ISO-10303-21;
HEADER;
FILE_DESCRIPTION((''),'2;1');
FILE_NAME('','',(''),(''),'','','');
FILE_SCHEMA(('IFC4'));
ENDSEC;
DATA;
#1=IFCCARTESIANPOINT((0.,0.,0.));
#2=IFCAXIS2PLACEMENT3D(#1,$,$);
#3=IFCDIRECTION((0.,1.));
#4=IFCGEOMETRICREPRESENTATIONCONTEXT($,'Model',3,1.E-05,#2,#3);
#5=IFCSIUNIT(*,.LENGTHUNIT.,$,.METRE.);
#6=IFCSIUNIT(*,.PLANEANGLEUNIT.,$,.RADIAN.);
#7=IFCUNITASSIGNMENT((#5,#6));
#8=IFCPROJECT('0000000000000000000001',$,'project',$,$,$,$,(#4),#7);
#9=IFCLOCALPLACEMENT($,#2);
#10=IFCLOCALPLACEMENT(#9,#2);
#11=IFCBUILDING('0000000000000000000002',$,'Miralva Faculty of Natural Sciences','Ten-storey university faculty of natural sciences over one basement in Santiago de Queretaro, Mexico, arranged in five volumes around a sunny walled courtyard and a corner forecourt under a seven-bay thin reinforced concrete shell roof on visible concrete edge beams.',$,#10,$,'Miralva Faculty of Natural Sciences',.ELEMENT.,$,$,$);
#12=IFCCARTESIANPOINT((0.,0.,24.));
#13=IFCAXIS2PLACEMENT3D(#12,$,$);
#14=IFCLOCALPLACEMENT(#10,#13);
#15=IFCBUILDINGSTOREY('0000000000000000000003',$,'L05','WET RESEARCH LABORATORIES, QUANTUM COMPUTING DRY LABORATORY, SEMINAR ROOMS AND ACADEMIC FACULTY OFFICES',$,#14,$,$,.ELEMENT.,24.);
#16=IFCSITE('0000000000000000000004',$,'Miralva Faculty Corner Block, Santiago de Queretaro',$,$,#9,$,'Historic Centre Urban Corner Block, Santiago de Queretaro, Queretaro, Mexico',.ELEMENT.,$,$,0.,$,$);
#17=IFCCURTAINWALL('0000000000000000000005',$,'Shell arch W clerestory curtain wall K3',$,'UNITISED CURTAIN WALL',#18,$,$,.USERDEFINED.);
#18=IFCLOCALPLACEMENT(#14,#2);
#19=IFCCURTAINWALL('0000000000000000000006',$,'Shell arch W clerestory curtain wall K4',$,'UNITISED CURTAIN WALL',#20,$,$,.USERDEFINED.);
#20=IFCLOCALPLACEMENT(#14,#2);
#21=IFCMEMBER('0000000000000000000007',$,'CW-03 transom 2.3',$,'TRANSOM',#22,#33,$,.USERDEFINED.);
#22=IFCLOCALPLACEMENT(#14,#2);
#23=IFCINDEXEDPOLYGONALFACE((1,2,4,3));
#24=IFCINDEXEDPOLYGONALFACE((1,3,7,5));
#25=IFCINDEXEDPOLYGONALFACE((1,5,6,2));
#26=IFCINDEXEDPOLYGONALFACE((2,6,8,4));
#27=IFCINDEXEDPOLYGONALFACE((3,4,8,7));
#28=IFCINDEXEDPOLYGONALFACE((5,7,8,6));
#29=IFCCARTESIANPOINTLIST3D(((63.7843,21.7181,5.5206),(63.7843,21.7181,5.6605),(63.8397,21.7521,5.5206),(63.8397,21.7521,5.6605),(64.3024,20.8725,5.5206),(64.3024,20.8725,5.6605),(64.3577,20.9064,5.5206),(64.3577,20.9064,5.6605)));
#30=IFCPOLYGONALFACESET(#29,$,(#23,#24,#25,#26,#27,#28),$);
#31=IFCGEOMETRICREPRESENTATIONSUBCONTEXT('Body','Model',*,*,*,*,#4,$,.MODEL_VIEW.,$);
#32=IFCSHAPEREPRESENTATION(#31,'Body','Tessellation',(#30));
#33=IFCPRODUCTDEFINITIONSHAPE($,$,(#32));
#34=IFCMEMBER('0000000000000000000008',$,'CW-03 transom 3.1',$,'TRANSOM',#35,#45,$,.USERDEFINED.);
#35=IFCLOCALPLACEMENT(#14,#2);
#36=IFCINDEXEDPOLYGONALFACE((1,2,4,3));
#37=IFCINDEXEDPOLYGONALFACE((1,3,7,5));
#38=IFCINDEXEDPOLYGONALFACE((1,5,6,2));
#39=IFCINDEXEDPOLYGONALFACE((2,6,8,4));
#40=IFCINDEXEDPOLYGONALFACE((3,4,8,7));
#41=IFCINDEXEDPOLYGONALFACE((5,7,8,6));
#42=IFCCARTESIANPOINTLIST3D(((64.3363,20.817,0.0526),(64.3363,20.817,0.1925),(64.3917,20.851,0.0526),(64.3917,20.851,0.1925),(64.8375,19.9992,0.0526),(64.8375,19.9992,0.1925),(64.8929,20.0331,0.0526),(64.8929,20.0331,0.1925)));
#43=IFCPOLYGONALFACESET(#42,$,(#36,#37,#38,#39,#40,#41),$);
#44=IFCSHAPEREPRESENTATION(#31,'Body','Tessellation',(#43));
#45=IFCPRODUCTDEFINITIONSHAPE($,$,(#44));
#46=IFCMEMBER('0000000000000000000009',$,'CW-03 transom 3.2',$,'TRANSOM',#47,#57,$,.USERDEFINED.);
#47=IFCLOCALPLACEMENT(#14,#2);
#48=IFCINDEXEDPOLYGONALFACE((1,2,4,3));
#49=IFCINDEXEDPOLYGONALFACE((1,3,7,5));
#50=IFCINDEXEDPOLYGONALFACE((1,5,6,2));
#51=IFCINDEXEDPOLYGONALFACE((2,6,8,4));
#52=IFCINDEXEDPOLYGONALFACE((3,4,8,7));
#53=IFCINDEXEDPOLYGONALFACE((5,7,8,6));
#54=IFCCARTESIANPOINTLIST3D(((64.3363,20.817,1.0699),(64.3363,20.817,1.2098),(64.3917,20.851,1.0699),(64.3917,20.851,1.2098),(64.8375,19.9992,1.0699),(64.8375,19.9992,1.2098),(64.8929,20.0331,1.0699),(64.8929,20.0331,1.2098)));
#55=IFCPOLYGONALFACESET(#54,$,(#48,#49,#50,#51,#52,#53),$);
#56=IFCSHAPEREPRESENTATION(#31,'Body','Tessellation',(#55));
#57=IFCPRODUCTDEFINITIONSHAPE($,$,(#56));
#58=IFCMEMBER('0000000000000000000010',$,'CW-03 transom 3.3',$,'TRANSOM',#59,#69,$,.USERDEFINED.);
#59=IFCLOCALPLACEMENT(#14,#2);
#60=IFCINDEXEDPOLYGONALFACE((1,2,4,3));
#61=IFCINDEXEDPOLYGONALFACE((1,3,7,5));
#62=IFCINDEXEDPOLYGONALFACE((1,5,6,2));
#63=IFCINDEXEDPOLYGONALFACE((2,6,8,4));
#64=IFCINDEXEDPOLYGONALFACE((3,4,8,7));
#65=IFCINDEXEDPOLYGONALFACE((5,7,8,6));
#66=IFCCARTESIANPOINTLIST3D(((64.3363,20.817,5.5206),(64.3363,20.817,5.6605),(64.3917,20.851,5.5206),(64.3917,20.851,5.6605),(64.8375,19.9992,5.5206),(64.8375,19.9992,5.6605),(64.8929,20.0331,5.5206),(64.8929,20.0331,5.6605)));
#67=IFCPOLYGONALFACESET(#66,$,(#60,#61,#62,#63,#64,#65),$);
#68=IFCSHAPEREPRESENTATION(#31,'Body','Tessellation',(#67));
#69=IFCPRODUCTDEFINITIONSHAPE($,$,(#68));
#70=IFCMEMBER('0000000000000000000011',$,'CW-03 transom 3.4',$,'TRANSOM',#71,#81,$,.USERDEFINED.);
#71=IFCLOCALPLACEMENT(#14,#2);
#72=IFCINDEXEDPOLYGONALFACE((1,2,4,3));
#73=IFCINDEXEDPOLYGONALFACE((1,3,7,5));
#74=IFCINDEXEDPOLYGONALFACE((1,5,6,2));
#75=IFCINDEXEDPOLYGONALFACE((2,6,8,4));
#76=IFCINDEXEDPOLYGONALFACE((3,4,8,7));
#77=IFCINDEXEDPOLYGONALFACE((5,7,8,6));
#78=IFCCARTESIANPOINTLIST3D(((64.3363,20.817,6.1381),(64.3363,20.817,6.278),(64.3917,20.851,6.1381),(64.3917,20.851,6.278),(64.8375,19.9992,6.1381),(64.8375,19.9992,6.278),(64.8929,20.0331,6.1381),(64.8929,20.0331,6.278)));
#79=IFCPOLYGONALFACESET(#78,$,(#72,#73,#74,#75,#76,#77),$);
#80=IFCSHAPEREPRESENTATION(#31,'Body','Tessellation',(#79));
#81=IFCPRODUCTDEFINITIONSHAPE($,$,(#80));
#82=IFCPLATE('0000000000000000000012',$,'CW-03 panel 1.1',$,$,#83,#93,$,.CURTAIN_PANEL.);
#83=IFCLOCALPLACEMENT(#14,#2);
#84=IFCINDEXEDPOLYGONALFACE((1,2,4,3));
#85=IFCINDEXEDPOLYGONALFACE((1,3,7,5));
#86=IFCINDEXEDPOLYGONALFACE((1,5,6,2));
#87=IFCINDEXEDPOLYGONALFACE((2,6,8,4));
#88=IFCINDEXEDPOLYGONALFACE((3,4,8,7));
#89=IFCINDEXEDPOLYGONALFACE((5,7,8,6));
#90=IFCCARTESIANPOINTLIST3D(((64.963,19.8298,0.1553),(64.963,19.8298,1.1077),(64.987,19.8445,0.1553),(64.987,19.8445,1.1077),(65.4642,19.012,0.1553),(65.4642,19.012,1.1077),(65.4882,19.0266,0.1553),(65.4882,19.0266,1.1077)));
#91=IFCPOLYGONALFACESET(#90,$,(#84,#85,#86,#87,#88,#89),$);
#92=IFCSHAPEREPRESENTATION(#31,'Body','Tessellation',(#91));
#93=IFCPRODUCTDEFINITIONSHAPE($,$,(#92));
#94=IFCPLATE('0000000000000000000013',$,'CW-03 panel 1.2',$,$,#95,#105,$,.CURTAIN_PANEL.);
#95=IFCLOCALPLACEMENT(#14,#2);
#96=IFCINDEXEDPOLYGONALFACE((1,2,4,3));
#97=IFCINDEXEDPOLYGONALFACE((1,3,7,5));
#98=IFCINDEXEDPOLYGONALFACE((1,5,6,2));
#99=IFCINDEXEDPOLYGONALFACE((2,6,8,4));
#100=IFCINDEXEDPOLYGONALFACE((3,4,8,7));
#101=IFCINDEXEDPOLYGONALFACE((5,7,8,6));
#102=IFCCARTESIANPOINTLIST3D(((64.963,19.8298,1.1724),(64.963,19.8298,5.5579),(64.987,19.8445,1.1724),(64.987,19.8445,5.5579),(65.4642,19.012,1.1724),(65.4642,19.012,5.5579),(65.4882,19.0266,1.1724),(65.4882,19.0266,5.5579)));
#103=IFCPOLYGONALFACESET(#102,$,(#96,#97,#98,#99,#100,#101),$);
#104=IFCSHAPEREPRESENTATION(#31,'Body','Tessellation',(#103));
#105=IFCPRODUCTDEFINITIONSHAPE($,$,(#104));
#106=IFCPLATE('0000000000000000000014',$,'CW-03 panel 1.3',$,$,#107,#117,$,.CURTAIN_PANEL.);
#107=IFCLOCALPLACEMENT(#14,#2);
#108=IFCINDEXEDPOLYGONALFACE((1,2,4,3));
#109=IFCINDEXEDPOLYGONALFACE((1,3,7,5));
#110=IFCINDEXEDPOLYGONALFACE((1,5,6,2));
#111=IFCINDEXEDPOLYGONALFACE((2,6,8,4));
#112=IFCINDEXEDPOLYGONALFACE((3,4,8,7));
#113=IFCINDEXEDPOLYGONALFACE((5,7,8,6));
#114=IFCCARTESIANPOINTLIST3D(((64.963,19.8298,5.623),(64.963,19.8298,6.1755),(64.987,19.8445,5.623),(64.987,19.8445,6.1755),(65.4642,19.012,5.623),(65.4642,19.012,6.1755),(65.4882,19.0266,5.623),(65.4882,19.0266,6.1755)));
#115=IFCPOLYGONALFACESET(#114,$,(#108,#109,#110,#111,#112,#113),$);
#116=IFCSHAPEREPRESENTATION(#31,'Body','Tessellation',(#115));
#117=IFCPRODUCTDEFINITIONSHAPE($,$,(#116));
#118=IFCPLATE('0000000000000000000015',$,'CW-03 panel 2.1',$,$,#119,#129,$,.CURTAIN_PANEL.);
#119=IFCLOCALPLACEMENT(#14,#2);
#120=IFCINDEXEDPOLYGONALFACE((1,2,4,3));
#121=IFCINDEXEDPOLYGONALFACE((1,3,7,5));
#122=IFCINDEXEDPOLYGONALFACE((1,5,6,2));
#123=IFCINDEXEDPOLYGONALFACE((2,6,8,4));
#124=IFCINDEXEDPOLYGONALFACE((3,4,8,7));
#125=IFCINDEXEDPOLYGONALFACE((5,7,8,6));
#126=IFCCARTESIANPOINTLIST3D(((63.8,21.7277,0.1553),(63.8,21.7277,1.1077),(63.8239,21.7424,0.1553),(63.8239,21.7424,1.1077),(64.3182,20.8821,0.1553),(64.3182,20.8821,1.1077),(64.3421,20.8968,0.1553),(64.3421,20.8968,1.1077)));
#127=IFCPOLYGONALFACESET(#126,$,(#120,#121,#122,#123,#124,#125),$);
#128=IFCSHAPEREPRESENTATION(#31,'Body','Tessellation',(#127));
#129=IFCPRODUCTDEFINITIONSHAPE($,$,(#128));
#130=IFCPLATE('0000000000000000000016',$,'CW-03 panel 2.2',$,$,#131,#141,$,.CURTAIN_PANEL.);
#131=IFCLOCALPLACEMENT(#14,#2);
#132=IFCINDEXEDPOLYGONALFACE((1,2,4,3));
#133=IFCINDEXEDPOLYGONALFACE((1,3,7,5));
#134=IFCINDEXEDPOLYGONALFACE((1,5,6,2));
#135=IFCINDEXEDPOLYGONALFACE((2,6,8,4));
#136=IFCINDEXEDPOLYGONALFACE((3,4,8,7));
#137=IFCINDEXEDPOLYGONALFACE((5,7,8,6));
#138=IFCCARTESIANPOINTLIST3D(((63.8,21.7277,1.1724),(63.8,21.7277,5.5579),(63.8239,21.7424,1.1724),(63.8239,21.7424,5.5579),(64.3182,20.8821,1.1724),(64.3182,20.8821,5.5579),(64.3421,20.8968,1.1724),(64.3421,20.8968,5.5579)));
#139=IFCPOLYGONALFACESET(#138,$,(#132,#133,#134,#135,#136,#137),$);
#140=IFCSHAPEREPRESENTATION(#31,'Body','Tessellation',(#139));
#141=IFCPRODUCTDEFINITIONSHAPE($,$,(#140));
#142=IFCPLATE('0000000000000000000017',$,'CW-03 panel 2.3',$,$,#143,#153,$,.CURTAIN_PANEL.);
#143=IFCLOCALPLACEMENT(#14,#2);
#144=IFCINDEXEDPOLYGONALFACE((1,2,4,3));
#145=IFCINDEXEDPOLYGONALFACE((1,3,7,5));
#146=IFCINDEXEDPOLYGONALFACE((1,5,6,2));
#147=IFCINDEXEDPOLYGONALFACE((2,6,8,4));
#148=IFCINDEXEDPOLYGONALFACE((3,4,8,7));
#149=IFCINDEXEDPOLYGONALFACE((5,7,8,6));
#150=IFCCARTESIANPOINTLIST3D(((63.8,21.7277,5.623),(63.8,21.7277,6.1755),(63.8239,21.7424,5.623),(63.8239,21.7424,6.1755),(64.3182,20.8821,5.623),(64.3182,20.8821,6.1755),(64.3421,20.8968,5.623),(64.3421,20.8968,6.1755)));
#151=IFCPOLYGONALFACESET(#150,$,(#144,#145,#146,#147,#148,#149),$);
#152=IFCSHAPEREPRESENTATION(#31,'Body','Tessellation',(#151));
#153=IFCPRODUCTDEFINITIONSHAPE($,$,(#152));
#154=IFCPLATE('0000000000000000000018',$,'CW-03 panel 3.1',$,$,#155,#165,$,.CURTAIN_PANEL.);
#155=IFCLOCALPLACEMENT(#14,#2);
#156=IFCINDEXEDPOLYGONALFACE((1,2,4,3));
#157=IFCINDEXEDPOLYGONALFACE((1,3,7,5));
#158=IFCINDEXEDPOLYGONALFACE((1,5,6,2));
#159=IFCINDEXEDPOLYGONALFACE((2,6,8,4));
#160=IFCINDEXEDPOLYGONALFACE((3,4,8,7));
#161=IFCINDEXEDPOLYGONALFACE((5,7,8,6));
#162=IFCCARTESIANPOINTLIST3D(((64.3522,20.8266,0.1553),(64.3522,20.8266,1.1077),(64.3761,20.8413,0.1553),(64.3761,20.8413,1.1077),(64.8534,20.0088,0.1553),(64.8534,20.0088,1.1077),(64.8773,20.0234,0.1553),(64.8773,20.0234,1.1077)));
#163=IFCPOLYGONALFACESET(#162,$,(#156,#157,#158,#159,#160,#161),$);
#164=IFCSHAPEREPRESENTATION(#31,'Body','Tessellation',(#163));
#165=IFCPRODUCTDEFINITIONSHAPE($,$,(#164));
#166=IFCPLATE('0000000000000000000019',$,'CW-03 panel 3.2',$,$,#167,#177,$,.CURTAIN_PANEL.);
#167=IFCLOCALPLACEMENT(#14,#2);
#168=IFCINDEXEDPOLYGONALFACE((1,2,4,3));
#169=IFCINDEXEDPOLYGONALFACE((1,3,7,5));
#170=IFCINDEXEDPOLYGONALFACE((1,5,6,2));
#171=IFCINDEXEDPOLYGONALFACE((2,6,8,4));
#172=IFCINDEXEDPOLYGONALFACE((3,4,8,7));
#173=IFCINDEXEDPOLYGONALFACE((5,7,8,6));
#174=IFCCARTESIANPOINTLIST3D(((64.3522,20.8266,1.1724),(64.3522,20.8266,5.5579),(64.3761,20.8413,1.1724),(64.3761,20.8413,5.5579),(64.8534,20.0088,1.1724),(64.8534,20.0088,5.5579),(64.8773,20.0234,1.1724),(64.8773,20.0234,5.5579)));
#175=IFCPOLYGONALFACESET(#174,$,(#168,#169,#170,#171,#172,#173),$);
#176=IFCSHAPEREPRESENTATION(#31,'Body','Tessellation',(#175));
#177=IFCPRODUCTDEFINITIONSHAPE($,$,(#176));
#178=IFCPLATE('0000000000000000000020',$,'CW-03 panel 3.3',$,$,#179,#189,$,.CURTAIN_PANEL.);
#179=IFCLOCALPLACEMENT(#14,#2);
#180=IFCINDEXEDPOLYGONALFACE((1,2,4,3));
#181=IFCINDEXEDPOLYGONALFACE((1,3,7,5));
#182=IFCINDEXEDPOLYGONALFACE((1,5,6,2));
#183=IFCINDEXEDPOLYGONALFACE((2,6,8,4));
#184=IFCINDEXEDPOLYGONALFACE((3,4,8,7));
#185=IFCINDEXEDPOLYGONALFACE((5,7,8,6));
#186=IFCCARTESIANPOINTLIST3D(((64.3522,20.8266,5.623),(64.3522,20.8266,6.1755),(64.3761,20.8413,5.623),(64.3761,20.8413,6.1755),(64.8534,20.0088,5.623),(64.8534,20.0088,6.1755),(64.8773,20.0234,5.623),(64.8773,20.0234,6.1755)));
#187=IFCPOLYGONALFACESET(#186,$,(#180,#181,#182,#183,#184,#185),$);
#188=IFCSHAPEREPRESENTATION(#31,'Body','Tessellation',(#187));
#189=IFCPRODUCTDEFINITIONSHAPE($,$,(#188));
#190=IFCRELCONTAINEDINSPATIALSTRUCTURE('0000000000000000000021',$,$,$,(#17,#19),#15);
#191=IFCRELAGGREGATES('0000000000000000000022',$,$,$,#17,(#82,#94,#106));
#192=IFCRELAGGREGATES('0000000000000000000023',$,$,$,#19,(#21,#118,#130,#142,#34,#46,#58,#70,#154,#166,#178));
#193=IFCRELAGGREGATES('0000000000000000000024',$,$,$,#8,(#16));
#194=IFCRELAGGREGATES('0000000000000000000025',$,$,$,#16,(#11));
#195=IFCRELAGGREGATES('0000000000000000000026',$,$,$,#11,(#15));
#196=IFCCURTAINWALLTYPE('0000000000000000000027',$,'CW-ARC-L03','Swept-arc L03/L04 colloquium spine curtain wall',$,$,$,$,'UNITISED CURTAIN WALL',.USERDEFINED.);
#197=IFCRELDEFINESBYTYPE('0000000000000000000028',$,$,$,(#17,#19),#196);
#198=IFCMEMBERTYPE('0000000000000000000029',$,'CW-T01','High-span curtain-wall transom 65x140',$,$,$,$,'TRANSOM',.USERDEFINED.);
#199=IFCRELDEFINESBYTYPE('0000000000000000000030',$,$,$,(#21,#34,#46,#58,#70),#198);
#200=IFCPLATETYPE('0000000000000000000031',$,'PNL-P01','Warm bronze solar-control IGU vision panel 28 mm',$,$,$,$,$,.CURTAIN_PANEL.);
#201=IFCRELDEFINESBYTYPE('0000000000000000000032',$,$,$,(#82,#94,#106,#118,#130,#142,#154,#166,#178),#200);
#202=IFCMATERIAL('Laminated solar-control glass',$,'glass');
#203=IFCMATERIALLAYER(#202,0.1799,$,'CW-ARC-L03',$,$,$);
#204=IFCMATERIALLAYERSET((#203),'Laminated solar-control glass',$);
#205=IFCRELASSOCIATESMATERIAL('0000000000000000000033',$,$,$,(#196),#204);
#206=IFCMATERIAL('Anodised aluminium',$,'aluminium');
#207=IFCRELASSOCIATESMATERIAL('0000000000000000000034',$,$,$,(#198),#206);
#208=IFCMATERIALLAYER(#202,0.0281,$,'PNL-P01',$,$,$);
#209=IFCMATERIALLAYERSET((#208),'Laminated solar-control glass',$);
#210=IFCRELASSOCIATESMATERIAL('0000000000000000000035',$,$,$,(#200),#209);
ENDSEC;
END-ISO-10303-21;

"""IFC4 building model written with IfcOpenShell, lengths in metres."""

from ifc_helpers import new_model, si_unit, direction, frame, origin, origin_2d, place, context, subcontext, project, spatial, rectangle, extrude, material, layer, layer_set, material_profile, profile_set, type_object, element, aggregate, save


model = new_model("IFC4")

# Units and contexts
model_context = context("Model", 3, precision=1e-05, world=origin(), true_north=direction((0.0, 1.0)))
body_context = subcontext(model_context, "Body", "Model", "MODEL_VIEW")
ifc_project = project(units=[si_unit("LENGTHUNIT", "METRE"), si_unit("PLANEANGLEUNIT", "RADIAN")], contexts=[model_context])

# Site, building, storey
site_placement = place(None, origin())
site = spatial("IfcSite", under=ifc_project, at=site_placement, Name="Miralva Faculty Corner Block, Santiago de Queretaro", LongName="Historic Centre Urban Corner Block, Santiago de Queretaro, Queretaro, Mexico", CompositionType="ELEMENT", RefElevation=0.0)
building_placement = place(site_placement, origin())
building = spatial("IfcBuilding", under=site, at=building_placement, Name="Miralva Faculty of Natural Sciences", Description="Ten-storey university faculty of natural sciences over one basement in Santiago de Queretaro, Mexico, arranged in five volumes around a sunny walled courtyard and a corner forecourt under a seven-bay thin reinforced concrete shell roof on visible concrete edge beams.", LongName="Miralva Faculty of Natural Sciences", CompositionType="ELEMENT")
storey_placement = place(building_placement, frame((0.0, 0.0, 24.0)))
storey = spatial("IfcBuildingStorey", under=building, at=storey_placement, Name="L05", Description="WET RESEARCH LABORATORIES, QUANTUM COMPUTING DRY LABORATORY, SEMINAR ROOMS AND ACADEMIC FACULTY OFFICES", CompositionType="ELEMENT", Elevation=24.0)

# Curtain walls
ifc_material_1 = material(Name="Laminated solar-control glass", Category="glass")
ifc_layer_1 = layer(ifc_material_1, 0.1799, Name="CW-ARC-L03")
ifc_layer_set_1 = layer_set([ifc_layer_1], Name="Laminated solar-control glass")
curtain_wall_type = type_object("IfcCurtainWallType", Name="CW-ARC-L03", Description="Swept-arc L03/L04 colloquium spine curtain wall", ElementType="UNITISED CURTAIN WALL", PredefinedType="USERDEFINED", material=ifc_layer_set_1)
curtain_wall_1_placement = place(storey_placement, origin())
curtain_wall_1 = element("IfcCurtainWall", 1, at=curtain_wall_1_placement, inside=storey, type_object=curtain_wall_type, Name="Shell arch W clerestory curtain wall K3", ObjectType="UNITISED CURTAIN WALL", PredefinedType="USERDEFINED")
ifc_material_2 = material(Name="Anodised aluminium", Category="aluminium")
curtain_wall_2_placement = place(storey_placement, origin())
curtain_wall_2 = element("IfcCurtainWall", 2, at=curtain_wall_2_placement, inside=storey, type_object=curtain_wall_type, Name="Shell arch W clerestory curtain wall K4", ObjectType="UNITISED CURTAIN WALL", PredefinedType="USERDEFINED")

# Members
ifc_material_profile_1 = material_profile(ifc_material_2, rectangle(XDim=0.0649, YDim=0.1399, at=origin_2d()), Name="TRANSOM 65x140")
ifc_profile_set_1 = profile_set([ifc_material_profile_1], Name="Anodised aluminium")
member_type_1 = type_object("IfcMemberType", Name="CW-T01", Description="High-span curtain-wall transom 65x140", ElementType="TRANSOM", PredefinedType="USERDEFINED", material=ifc_profile_set_1)
member_1_placement = place(storey_placement, frame((63.812, 21.7351, 5.5906), z_axis=(0.522366, -0.852722, 0.0), x_axis=(0.852722, 0.522366, 0.0)))
member_1 = element("IfcMember", 3, at=member_1_placement, type_object=member_type_1, Name="CW-03 transom 2.3", ObjectType="TRANSOM", PredefinedType="USERDEFINED", context=body_context, shape_type="SweptSolid", body=[
    extrude(rectangle(XDim=0.0649, YDim=0.1399, at=origin_2d()), origin(), (0.0, 0.0, 1.0), 0.9917),
])
member_2_placement = place(storey_placement, frame((64.364, 20.834, 0.1226), z_axis=(0.52252, -0.852627, 0.0), x_axis=(0.852627, 0.52252, 0.0)))
member_2 = element("IfcMember", 4, at=member_2_placement, type_object=member_type_1, Name="CW-03 transom 3.1", ObjectType="TRANSOM", PredefinedType="USERDEFINED", context=body_context, shape_type="SweptSolid", body=[
    extrude(rectangle(XDim=0.0649, YDim=0.1399, at=origin_2d()), origin(), (0.0, 0.0, 1.0), 0.9592),
])
member_3_placement = place(storey_placement, frame((64.364, 20.834, 1.1399), z_axis=(0.52252, -0.852627, 0.0), x_axis=(0.852627, 0.52252, 0.0)))
member_3 = element("IfcMember", 5, at=member_3_placement, type_object=member_type_1, Name="CW-03 transom 3.2", ObjectType="TRANSOM", PredefinedType="USERDEFINED", context=body_context, shape_type="SweptSolid", body=[
    extrude(rectangle(XDim=0.0649, YDim=0.1399, at=origin_2d()), origin(), (0.0, 0.0, 1.0), 0.9592),
])
member_4_placement = place(storey_placement, frame((64.364, 20.834, 5.5906), z_axis=(0.52252, -0.852627, 0.0), x_axis=(0.852627, 0.52252, 0.0)))
member_4 = element("IfcMember", 6, at=member_4_placement, type_object=member_type_1, Name="CW-03 transom 3.3", ObjectType="TRANSOM", PredefinedType="USERDEFINED", context=body_context, shape_type="SweptSolid", body=[
    extrude(rectangle(XDim=0.0649, YDim=0.1399, at=origin_2d()), origin(), (0.0, 0.0, 1.0), 0.9592),
])
member_5_placement = place(storey_placement, frame((64.364, 20.834, 6.208), z_axis=(0.52252, -0.852627, 0.0), x_axis=(0.852627, 0.52252, 0.0)))
member_5 = element("IfcMember", 7, at=member_5_placement, type_object=member_type_1, Name="CW-03 transom 3.4", ObjectType="TRANSOM", PredefinedType="USERDEFINED", context=body_context, shape_type="SweptSolid", body=[
    extrude(rectangle(XDim=0.0649, YDim=0.1399, at=origin_2d()), origin(), (0.0, 0.0, 1.0), 0.9592),
])

# Plates
ifc_layer_2 = layer(ifc_material_1, 0.0281, Name="PNL-P01")
ifc_layer_set_2 = layer_set([ifc_layer_2], Name="Laminated solar-control glass")
plate_type = type_object("IfcPlateType", Name="PNL-P01", Description="Warm bronze solar-control IGU vision panel 28 mm", PredefinedType="CURTAIN_PANEL", material=ifc_layer_set_2)
plate_1_placement = place(storey_placement, frame((65.2256, 19.4282, 0.1553), z_axis=(0.0, 0.0, 1.0), x_axis=(0.522504, -0.852637, 0.0)))
plate_1 = element("IfcPlate", 8, at=plate_1_placement, type_object=plate_type, Name="CW-03 panel 1.1", PredefinedType="CURTAIN_PANEL", context=body_context, shape_type="SweptSolid", body=[
    extrude(rectangle(XDim=0.9592, YDim=0.0281, at=origin_2d()), origin(), (0.0, 0.0, 1.0), 0.9524),
])
plate_2_placement = place(storey_placement, frame((65.2256, 19.4282, 1.1724), z_axis=(0.0, 0.0, 1.0), x_axis=(0.522504, -0.852637, 0.0)))
plate_2 = element("IfcPlate", 9, at=plate_2_placement, type_object=plate_type, Name="CW-03 panel 1.2", PredefinedType="CURTAIN_PANEL", context=body_context, shape_type="SweptSolid", body=[
    extrude(rectangle(XDim=0.9592, YDim=0.0281, at=origin_2d()), origin(), (0.0, 0.0, 1.0), 4.3855),
])
plate_3_placement = place(storey_placement, frame((65.2256, 19.4282, 5.623), z_axis=(0.0, 0.0, 1.0), x_axis=(0.522504, -0.852637, 0.0)))
plate_3 = element("IfcPlate", 10, at=plate_3_placement, type_object=plate_type, Name="CW-03 panel 1.3", PredefinedType="CURTAIN_PANEL", context=body_context, shape_type="SweptSolid", body=[
    extrude(rectangle(XDim=0.9592, YDim=0.0281, at=origin_2d()), origin(), (0.0, 0.0, 1.0), 0.5525),
])
aggregate(curtain_wall_1, [plate_1, plate_2, plate_3])
plate_4_placement = place(storey_placement, frame((64.071, 21.3123, 0.1553), z_axis=(0.0, 0.0, 1.0), x_axis=(0.522512, -0.852632, 0.0)))
plate_4 = element("IfcPlate", 11, at=plate_4_placement, type_object=plate_type, Name="CW-03 panel 2.1", PredefinedType="CURTAIN_PANEL", context=body_context, shape_type="SweptSolid", body=[
    extrude(rectangle(XDim=0.9917, YDim=0.0281, at=origin_2d()), origin(), (0.0, 0.0, 1.0), 0.9524),
])
plate_5_placement = place(storey_placement, frame((64.071, 21.3123, 1.1724), z_axis=(0.0, 0.0, 1.0), x_axis=(0.522512, -0.852632, 0.0)))
plate_5 = element("IfcPlate", 12, at=plate_5_placement, type_object=plate_type, Name="CW-03 panel 2.2", PredefinedType="CURTAIN_PANEL", context=body_context, shape_type="SweptSolid", body=[
    extrude(rectangle(XDim=0.9917, YDim=0.0281, at=origin_2d()), origin(), (0.0, 0.0, 1.0), 4.3855),
])
plate_6_placement = place(storey_placement, frame((64.071, 21.3123, 5.623), z_axis=(0.0, 0.0, 1.0), x_axis=(0.522512, -0.852632, 0.0)))
plate_6 = element("IfcPlate", 13, at=plate_6_placement, type_object=plate_type, Name="CW-03 panel 2.3", PredefinedType="CURTAIN_PANEL", context=body_context, shape_type="SweptSolid", body=[
    extrude(rectangle(XDim=0.9917, YDim=0.0281, at=origin_2d()), origin(), (0.0, 0.0, 1.0), 0.5525),
])
plate_7_placement = place(storey_placement, frame((64.6147, 20.425, 0.1553), z_axis=(0.0, 0.0, 1.0), x_axis=(0.522512, -0.852632, 0.0)))
plate_7 = element("IfcPlate", 14, at=plate_7_placement, type_object=plate_type, Name="CW-03 panel 3.1", PredefinedType="CURTAIN_PANEL", context=body_context, shape_type="SweptSolid", body=[
    extrude(rectangle(XDim=0.9592, YDim=0.0281, at=origin_2d()), origin(), (0.0, 0.0, 1.0), 0.9524),
])
plate_8_placement = place(storey_placement, frame((64.6147, 20.425, 1.1724), z_axis=(0.0, 0.0, 1.0), x_axis=(0.522512, -0.852632, 0.0)))
plate_8 = element("IfcPlate", 15, at=plate_8_placement, type_object=plate_type, Name="CW-03 panel 3.2", PredefinedType="CURTAIN_PANEL", context=body_context, shape_type="SweptSolid", body=[
    extrude(rectangle(XDim=0.9592, YDim=0.0281, at=origin_2d()), origin(), (0.0, 0.0, 1.0), 4.3855),
])
plate_9_placement = place(storey_placement, frame((64.6147, 20.425, 5.623), z_axis=(0.0, 0.0, 1.0), x_axis=(0.522512, -0.852632, 0.0)))
plate_9 = element("IfcPlate", 16, at=plate_9_placement, type_object=plate_type, Name="CW-03 panel 3.3", PredefinedType="CURTAIN_PANEL", context=body_context, shape_type="SweptSolid", body=[
    extrude(rectangle(XDim=0.9592, YDim=0.0281, at=origin_2d()), origin(), (0.0, 0.0, 1.0), 0.5525),
])
aggregate(curtain_wall_2, [member_1, plate_4, plate_5, plate_6, member_2, member_3, member_4, member_5, plate_7, plate_8, plate_9])

save(model, "model.ifc")
